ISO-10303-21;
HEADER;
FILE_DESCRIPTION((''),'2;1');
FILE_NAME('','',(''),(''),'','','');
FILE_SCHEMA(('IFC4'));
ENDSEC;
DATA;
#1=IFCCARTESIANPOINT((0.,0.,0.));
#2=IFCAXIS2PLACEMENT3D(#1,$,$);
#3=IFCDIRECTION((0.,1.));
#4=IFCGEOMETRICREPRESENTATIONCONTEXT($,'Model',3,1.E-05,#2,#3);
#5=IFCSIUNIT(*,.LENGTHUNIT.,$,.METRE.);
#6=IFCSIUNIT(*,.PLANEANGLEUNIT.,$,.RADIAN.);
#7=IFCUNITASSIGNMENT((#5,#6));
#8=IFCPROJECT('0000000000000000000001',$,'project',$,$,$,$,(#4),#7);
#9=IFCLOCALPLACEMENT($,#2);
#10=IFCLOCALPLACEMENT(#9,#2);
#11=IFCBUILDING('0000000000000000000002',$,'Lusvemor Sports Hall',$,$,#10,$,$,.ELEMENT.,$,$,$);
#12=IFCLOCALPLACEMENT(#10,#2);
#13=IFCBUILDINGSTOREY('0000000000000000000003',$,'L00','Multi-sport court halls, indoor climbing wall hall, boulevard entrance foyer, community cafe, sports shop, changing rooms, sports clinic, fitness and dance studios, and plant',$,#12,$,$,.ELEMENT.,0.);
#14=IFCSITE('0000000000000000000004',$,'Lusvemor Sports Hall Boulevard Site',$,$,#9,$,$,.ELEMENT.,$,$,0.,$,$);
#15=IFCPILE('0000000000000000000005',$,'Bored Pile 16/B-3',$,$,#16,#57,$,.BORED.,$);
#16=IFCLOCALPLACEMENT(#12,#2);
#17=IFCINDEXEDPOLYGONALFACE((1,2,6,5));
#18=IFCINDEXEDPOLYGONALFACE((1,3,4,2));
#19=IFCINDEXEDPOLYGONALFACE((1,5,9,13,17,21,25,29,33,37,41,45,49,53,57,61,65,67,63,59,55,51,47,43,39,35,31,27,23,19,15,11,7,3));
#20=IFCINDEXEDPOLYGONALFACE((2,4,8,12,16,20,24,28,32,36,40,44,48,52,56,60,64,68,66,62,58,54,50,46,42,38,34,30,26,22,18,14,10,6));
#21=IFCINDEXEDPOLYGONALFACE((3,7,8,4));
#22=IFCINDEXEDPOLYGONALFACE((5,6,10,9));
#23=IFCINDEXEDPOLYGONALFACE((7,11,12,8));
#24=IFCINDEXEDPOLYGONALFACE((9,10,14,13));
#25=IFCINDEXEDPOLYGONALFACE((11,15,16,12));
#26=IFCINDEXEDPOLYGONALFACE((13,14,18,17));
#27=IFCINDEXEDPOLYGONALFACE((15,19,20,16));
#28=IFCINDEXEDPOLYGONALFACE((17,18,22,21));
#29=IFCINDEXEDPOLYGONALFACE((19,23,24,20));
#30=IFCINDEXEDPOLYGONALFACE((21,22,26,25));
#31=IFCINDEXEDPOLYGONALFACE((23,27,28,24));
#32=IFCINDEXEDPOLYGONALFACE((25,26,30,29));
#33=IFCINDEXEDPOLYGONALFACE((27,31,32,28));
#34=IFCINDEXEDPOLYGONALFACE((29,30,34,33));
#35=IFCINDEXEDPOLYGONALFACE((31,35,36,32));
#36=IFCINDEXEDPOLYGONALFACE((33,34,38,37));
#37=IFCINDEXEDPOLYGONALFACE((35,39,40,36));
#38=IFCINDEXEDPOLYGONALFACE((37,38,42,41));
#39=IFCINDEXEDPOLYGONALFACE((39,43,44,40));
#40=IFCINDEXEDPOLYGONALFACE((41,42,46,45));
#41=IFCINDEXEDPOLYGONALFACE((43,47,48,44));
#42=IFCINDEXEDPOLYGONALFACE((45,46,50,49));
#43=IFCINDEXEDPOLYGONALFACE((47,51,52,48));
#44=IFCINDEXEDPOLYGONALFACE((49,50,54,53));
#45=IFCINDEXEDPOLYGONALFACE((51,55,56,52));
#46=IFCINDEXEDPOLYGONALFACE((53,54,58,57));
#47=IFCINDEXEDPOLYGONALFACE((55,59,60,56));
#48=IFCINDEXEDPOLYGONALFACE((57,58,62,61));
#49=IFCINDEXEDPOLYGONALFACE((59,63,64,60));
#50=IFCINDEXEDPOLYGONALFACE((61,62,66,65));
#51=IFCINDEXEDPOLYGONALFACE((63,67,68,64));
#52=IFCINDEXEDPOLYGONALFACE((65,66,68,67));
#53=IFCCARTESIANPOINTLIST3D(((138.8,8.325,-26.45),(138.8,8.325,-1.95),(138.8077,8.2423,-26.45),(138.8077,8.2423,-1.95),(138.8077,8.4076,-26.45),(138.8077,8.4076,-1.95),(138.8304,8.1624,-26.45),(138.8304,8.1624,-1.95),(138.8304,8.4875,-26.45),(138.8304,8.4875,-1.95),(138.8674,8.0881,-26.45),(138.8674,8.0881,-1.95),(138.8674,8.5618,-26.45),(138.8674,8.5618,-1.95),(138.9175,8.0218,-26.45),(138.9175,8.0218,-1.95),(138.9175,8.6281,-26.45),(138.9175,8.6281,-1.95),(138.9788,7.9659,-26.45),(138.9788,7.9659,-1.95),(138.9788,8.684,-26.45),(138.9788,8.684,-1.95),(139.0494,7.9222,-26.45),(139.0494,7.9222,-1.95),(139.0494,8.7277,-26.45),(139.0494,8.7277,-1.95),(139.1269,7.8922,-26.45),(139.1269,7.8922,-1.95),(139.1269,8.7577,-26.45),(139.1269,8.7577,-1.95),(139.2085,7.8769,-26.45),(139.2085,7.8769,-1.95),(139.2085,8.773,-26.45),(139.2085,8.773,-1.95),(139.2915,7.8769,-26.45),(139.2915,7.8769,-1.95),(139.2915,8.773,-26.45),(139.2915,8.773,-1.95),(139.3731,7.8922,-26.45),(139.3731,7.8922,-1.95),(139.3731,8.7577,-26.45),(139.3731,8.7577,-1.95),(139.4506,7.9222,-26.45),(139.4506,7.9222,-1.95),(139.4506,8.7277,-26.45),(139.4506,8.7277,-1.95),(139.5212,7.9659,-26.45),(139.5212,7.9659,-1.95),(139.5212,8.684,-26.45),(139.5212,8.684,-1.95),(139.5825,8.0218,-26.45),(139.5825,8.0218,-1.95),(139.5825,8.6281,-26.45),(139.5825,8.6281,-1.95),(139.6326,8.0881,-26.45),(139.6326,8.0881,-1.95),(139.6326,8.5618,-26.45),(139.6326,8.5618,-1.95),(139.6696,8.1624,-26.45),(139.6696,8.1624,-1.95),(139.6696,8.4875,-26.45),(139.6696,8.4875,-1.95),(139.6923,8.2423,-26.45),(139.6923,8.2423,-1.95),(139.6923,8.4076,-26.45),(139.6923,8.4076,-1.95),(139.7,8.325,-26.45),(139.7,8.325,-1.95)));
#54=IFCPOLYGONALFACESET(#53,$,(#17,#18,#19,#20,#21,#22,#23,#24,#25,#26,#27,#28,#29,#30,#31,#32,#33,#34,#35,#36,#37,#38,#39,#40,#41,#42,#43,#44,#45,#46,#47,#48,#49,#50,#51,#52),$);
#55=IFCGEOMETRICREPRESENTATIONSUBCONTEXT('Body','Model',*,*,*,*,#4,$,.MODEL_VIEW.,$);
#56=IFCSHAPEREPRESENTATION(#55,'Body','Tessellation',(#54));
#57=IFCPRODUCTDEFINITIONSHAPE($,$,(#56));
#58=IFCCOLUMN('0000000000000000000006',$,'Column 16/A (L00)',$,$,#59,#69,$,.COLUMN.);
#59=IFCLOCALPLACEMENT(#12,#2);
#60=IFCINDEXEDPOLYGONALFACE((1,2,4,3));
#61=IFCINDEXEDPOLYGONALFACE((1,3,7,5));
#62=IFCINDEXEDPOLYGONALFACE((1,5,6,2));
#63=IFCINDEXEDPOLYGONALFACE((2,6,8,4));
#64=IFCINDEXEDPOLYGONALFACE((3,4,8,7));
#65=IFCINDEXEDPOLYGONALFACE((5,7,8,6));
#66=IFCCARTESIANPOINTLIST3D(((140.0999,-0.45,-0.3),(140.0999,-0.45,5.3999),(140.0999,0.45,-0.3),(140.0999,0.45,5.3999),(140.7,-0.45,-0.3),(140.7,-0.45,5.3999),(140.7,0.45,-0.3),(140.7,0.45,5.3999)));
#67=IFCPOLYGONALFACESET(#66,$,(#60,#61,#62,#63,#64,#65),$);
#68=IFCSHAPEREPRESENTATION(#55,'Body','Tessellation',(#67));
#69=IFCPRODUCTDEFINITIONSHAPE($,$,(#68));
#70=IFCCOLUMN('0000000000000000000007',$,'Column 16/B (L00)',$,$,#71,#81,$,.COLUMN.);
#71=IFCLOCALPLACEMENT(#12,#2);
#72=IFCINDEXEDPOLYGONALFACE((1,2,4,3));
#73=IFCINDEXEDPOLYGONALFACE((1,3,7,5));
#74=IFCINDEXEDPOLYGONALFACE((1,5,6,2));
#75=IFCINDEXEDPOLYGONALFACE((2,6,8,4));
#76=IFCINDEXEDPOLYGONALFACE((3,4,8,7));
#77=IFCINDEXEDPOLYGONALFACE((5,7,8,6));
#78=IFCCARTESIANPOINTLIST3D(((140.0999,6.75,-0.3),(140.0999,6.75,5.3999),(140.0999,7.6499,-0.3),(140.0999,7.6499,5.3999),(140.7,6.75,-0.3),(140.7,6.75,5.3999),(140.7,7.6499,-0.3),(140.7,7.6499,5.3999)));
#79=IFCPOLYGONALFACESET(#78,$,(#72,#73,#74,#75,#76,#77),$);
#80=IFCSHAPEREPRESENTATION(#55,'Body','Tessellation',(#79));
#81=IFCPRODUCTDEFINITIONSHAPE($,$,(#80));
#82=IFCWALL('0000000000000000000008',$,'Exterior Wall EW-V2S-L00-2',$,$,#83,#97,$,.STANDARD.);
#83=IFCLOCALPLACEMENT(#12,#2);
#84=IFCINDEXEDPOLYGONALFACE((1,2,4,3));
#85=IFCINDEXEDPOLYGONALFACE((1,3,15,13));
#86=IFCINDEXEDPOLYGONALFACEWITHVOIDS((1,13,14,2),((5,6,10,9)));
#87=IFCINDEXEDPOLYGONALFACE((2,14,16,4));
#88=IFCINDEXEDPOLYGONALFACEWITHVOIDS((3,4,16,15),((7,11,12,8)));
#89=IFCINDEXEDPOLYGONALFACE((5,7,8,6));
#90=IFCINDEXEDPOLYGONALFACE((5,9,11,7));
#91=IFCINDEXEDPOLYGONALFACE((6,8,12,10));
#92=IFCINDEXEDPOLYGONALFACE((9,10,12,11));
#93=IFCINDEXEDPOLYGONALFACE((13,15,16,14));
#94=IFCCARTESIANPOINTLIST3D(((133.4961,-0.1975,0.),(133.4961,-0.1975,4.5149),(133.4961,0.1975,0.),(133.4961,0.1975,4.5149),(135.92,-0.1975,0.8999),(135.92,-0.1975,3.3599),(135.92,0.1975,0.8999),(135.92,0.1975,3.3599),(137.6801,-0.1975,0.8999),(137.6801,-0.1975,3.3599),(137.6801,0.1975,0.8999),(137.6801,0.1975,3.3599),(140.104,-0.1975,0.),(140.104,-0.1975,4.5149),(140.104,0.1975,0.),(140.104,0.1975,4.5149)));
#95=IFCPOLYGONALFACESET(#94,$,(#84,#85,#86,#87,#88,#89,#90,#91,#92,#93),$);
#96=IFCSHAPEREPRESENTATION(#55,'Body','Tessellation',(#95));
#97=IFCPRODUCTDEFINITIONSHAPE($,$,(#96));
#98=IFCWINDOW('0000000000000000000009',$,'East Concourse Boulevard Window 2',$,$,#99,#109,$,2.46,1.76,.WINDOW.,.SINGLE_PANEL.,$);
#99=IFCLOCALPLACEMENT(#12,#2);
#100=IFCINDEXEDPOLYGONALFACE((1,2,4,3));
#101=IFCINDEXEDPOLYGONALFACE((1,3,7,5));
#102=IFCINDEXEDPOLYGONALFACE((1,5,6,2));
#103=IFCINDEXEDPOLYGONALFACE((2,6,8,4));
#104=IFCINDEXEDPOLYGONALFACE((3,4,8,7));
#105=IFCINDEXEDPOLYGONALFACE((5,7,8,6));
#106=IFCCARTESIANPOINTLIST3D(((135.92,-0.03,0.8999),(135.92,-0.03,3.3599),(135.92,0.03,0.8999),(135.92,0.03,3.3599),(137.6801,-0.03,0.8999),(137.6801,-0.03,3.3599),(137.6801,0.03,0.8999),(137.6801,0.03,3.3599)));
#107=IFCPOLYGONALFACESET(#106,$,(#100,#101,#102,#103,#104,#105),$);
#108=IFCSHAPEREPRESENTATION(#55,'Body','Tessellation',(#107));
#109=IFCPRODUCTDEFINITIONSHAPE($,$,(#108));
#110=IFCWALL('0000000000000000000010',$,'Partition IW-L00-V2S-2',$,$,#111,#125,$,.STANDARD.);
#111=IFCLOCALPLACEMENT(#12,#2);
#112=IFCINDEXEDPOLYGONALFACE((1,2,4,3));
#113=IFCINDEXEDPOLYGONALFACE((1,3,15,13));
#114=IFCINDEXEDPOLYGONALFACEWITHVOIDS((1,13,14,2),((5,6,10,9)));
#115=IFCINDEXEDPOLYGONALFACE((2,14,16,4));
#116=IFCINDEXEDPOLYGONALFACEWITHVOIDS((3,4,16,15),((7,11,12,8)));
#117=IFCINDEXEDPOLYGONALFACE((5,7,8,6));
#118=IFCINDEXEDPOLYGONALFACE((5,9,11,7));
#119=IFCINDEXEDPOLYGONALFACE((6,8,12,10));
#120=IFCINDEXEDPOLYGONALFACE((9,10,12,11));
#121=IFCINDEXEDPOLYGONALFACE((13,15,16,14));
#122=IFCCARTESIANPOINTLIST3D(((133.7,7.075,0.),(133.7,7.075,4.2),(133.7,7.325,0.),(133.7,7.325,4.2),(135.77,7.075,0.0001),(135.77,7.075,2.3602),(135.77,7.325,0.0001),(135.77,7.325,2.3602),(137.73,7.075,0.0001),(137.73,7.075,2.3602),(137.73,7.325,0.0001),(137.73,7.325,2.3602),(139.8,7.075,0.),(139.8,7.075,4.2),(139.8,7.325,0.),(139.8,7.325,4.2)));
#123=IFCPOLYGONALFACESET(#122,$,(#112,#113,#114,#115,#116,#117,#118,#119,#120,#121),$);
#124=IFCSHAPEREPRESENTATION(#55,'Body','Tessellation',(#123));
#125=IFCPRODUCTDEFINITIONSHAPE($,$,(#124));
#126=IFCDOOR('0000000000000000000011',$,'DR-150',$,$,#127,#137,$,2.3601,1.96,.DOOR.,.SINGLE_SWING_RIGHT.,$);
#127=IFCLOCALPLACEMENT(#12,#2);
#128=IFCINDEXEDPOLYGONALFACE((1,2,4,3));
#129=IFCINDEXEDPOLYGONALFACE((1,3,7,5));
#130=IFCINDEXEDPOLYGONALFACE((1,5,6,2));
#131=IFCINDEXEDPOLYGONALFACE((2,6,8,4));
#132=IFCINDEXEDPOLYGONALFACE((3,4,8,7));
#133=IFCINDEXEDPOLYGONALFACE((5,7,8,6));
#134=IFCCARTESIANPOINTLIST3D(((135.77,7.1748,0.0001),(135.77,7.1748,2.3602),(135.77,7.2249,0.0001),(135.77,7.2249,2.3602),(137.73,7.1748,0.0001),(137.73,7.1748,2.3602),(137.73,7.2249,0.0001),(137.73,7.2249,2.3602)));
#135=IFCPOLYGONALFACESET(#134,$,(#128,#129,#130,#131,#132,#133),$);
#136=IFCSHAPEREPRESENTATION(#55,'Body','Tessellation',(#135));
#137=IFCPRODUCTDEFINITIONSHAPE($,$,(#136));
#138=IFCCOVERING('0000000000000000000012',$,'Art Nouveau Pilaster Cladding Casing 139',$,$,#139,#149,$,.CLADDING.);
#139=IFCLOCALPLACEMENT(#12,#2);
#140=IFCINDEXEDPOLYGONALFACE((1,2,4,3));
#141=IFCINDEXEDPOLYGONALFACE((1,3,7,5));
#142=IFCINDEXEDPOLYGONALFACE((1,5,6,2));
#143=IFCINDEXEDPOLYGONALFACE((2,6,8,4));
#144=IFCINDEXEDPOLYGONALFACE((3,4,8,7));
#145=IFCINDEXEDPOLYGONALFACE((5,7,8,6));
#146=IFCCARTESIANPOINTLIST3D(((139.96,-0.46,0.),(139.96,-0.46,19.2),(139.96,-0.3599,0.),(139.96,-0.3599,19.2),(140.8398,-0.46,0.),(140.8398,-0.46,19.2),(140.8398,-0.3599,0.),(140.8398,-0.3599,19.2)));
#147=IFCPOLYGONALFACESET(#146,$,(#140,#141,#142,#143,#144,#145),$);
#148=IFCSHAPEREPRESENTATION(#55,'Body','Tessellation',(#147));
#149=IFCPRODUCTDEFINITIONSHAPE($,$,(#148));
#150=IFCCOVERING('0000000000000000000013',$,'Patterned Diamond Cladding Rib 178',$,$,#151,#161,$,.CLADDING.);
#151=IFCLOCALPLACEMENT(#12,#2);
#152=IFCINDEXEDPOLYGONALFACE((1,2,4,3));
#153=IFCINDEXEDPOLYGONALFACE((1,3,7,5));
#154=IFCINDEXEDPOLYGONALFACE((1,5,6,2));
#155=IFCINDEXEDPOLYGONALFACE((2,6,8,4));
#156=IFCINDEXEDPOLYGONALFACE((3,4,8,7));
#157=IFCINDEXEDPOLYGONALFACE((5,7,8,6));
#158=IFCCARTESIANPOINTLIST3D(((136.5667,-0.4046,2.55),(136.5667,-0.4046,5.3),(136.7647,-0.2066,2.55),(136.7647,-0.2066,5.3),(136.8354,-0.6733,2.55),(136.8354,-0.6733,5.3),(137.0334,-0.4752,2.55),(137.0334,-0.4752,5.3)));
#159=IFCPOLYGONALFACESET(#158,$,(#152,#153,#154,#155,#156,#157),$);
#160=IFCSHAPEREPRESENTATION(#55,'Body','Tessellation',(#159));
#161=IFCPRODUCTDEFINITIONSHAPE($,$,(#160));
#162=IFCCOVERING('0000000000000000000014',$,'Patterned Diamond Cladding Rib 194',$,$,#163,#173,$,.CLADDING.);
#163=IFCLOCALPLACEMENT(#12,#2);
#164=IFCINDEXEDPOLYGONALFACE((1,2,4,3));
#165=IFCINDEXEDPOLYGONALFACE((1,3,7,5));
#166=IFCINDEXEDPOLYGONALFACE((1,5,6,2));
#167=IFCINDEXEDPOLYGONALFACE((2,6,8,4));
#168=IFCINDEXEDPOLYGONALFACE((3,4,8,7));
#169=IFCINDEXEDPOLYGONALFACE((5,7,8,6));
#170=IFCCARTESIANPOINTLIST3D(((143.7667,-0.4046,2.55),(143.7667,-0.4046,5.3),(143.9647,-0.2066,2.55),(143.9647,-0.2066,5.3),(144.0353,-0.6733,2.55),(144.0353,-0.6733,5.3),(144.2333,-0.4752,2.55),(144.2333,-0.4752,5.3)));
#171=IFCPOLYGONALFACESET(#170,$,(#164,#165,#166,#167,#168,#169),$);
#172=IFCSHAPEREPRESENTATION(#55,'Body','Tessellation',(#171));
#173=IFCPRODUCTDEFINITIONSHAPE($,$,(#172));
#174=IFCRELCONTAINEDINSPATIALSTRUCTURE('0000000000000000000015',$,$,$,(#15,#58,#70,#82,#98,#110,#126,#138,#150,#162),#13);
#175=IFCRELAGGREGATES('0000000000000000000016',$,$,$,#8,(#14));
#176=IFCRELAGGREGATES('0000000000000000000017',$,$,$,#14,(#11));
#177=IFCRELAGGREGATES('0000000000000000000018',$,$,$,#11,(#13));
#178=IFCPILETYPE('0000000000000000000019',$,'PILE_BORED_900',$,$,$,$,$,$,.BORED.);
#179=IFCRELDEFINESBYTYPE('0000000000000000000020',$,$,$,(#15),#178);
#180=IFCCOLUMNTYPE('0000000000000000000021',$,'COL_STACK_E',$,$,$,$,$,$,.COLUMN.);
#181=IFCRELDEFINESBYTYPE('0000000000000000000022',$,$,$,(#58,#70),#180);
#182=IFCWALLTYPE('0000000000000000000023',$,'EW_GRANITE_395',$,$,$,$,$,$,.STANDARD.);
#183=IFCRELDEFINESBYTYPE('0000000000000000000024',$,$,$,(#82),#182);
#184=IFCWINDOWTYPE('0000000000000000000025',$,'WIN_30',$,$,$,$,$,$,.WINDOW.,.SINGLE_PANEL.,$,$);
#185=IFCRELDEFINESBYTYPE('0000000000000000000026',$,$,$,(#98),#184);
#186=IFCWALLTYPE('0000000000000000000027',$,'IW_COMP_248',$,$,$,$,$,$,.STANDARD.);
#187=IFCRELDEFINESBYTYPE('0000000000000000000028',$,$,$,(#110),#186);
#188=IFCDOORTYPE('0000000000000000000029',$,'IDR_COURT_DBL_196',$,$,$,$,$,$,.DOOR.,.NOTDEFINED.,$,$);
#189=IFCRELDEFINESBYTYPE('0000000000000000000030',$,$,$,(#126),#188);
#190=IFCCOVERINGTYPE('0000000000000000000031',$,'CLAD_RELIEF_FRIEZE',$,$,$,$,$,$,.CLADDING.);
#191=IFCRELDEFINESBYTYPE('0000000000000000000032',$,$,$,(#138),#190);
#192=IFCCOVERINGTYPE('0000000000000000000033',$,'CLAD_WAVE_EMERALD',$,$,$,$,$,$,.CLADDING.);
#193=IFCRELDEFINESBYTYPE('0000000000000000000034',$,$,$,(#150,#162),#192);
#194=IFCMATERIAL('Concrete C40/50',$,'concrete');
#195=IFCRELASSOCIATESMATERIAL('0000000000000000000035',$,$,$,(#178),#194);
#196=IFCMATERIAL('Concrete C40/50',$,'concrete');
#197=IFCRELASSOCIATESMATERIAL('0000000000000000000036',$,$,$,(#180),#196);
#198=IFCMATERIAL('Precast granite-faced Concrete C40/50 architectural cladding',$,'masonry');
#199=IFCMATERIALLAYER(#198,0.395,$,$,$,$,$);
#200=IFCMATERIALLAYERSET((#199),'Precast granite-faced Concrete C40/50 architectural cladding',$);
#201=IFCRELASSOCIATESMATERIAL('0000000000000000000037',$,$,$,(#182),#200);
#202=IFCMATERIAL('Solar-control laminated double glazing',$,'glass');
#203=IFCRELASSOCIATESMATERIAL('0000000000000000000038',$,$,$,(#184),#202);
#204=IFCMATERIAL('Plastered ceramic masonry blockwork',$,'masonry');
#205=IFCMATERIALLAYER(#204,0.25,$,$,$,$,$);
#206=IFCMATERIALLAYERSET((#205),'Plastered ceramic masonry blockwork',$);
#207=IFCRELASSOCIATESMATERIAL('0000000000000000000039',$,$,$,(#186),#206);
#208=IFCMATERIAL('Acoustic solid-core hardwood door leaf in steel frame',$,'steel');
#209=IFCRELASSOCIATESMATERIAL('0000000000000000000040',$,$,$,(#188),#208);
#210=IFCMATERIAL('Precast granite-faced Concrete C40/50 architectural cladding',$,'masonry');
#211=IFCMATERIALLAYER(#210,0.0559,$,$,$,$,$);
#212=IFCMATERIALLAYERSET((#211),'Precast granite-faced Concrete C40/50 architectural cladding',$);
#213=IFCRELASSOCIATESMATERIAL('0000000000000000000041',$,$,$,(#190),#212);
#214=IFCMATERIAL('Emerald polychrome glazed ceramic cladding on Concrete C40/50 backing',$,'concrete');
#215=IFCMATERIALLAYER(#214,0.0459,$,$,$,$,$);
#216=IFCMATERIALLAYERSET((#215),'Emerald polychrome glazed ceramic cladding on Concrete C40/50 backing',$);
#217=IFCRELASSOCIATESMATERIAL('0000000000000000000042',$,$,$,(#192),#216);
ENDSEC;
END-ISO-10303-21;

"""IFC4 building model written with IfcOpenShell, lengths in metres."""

from ifc_helpers import new_model, si_unit, direction, frame, frame_2d, origin, origin_2d, place, context, subcontext, project, spatial, rectangle, circle, extrude, material, layer, layer_set, material_profile, profile_set, type_object, element, fill, save


model = new_model("IFC4")

# Units and contexts
model_context = context("Model", 3, precision=1e-05, world=origin(), true_north=direction((0.0, 1.0)))
body_context = subcontext(model_context, "Body", "Model", "MODEL_VIEW")
ifc_project = project(units=[si_unit("LENGTHUNIT", "METRE"), si_unit("PLANEANGLEUNIT", "RADIAN")], contexts=[model_context])

# Site, building, storey
site_placement = place(None, origin())
site = spatial("IfcSite", under=ifc_project, at=site_placement, Name="Lusvemor Sports Hall Boulevard Site", CompositionType="ELEMENT", RefElevation=0.0)
building_placement = place(site_placement, origin())
building = spatial("IfcBuilding", under=site, at=building_placement, Name="Lusvemor Sports Hall", CompositionType="ELEMENT")
storey_placement = place(building_placement, origin())
storey = spatial("IfcBuildingStorey", under=building, at=storey_placement, Name="L00", Description="Multi-sport court halls, indoor climbing wall hall, boulevard entrance foyer, community cafe, sports shop, changing rooms, sports clinic, fitness and dance studios, and plant", CompositionType="ELEMENT", Elevation=0.0)

# Pile
ifc_material_1 = material(Name="Concrete C40/50", Category="concrete")
ifc_material_profile_1 = material_profile(ifc_material_1, circle(Radius=0.45, at=origin_2d()), Name="PILE900")
ifc_profile_set_1 = profile_set([ifc_material_profile_1], Name="Concrete C40/50")
pile_type = type_object("IfcPileType", Name="PILE_BORED_900", PredefinedType="BORED", material=ifc_profile_set_1)
for number, where, z_axis, x_axis, name in (
    (1, (139.25, 8.325, -1.95), (0.0, 0.0, -1.0), (1.0, 0.0, 0.0), "Bored Pile 16/B-3"),
):
    element("IfcPile", number, at=place(storey_placement, frame(where, z_axis=z_axis, x_axis=x_axis)), inside=storey, type_object=pile_type, Name=name, PredefinedType="BORED", context=body_context, shape_type="SweptSolid", body=[
        extrude(circle(Radius=0.45, at=origin_2d()), origin(), (0.0, 0.0, 1.0), 24.5),
    ])

# Columns
ifc_material_2 = material(Name="Concrete C40/50", Category="concrete")
ifc_material_profile_2 = material_profile(ifc_material_2, rectangle(XDim=0.6001, YDim=0.8999, at=origin_2d()), Name="RC600x900")
ifc_profile_set_2 = profile_set([ifc_material_profile_2], Name="Concrete C40/50")
column_type = type_object("IfcColumnType", Name="COL_STACK_E", PredefinedType="COLUMN", material=ifc_profile_set_2)
for number, where, z_axis, x_axis, name in (
    (2, (140.3999, 0.0, -0.3), (0.0, 0.0, 1.0), (1.0, 0.0, 0.0), "Column 16/A (L00)"),
    (3, (140.3999, 7.2, -0.3), (0.0, 0.0, 1.0), (1.0, 0.0, 0.0), "Column 16/B (L00)"),
):
    element("IfcColumn", number, at=place(storey_placement, frame(where, z_axis=z_axis, x_axis=x_axis)), inside=storey, type_object=column_type, Name=name, PredefinedType="COLUMN", context=body_context, shape_type="SweptSolid", body=[
        extrude(rectangle(XDim=0.6001, YDim=0.8999, at=origin_2d()), origin(), (0.0, 0.0, 1.0), 5.7),
    ])

# Wall, opening, window
ifc_material_3 = material(Name="Precast granite-faced Concrete C40/50 architectural cladding", Category="masonry")
ifc_layer_1 = layer(ifc_material_3, 0.395)
ifc_layer_set_1 = layer_set([ifc_layer_1], Name="Precast granite-faced Concrete C40/50 architectural cladding")
wall_type_1 = type_object("IfcWallType", Name="EW_GRANITE_395", PredefinedType="STANDARD", material=ifc_layer_set_1)
wall_1_placement = place(storey_placement, frame((140.104, 0.0, 0.0), z_axis=(0.0, 0.0, 1.0), x_axis=(-1.0, 0.0, 0.0)))
wall_1 = element("IfcWall", 4, at=wall_1_placement, inside=storey, type_object=wall_type_1, Name="Exterior Wall EW-V2S-L00-2", PredefinedType="STANDARD", context=body_context, shape_type="SweptSolid", body=[
    extrude(rectangle(XDim=6.6079, YDim=0.395, at=frame_2d((3.304, 0.0))), origin(), (0.0, 0.0, 1.0), 4.5149),
])
opening_1_placement = place(wall_1_placement, frame((2.4241, 0.0, 0.8999)))
opening_1 = element("IfcOpeningElement", 5, at=opening_1_placement, cuts=wall_1, PredefinedType="OPENING", context=body_context, shape_type="SweptSolid", body=[
    extrude(rectangle(XDim=1.76, YDim=2.46, at=frame_2d((0.8799, 1.23))), frame((0.0, 0.1975, 0.0), z_axis=(0.0, -1.0, 0.0), x_axis=(1.0, 0.0, 0.0)), (0.0, 0.0, 1.0), 0.395),
])
ifc_material_4 = material(Name="Solar-control laminated double glazing", Category="glass")
window_type = type_object("IfcWindowType", Name="WIN_30", PartitioningType="SINGLE_PANEL", PredefinedType="WINDOW", material=ifc_material_4)
window_placement = place(opening_1_placement, origin())
window = element("IfcWindow", 6, at=window_placement, inside=storey, type_object=window_type, Name="East Concourse Boulevard Window 2", OverallHeight=2.46, OverallWidth=1.76, PartitioningType="SINGLE_PANEL", PredefinedType="WINDOW", context=body_context, shape_type="SweptSolid", body=[
    extrude(rectangle(XDim=1.76, YDim=2.46, at=frame_2d((0.8799, 1.23))), frame((0.0, 0.03, 0.0), z_axis=(0.0, -1.0, 0.0), x_axis=(1.0, 0.0, 0.0)), (0.0, 0.0, 1.0), 0.0601),
])
fill(opening_1, window)

# Wall, opening, door
ifc_material_5 = material(Name="Plastered ceramic masonry blockwork", Category="masonry")
ifc_layer_2 = layer(ifc_material_5, 0.25)
ifc_layer_set_2 = layer_set([ifc_layer_2], Name="Plastered ceramic masonry blockwork")
wall_type_2 = type_object("IfcWallType", Name="IW_COMP_248", PredefinedType="STANDARD", material=ifc_layer_set_2)
wall_2_placement = place(storey_placement, frame((133.7, 7.2, 0.0), z_axis=(0.0, 0.0, 1.0), x_axis=(1.0, 0.0, 0.0)))
wall_2 = element("IfcWall", 7, at=wall_2_placement, inside=storey, type_object=wall_type_2, Name="Partition IW-L00-V2S-2", PredefinedType="STANDARD", context=body_context, shape_type="SweptSolid", body=[
    extrude(rectangle(XDim=6.1001, YDim=0.25, at=frame_2d((3.05, 0.0))), origin(), (0.0, 0.0, 1.0), 4.2),
])
opening_2_placement = place(wall_2_placement, frame((2.0701, 0.0, 0.0)))
opening_2 = element("IfcOpeningElement", 8, at=opening_2_placement, cuts=wall_2, PredefinedType="OPENING", context=body_context, shape_type="SweptSolid", body=[
    extrude(rectangle(XDim=1.96, YDim=2.3601, at=frame_2d((0.98, 1.1802))), frame((0.0, 0.125, 0.0), z_axis=(0.0, -1.0, 0.0), x_axis=(1.0, 0.0, 0.0)), (0.0, 0.0, 1.0), 0.25),
])
ifc_material_6 = material(Name="Acoustic solid-core hardwood door leaf in steel frame", Category="steel")
door_type = type_object("IfcDoorType", Name="IDR_COURT_DBL_196", OperationType="NOTDEFINED", PredefinedType="DOOR", material=ifc_material_6)
door_placement = place(opening_2_placement, origin())
door = element("IfcDoor", 9, at=door_placement, inside=storey, type_object=door_type, Name="DR-150", OperationType="SINGLE_SWING_RIGHT", OverallHeight=2.3601, OverallWidth=1.96, PredefinedType="DOOR", context=body_context, shape_type="SweptSolid", body=[
    extrude(rectangle(XDim=1.96, YDim=2.3601, at=frame_2d((0.98, 1.1802))), frame((0.0, 0.0249, 0.0), z_axis=(0.0, -1.0, 0.0), x_axis=(1.0, 0.0, 0.0)), (0.0, 0.0, 1.0), 0.05),
])
fill(opening_2, door)

# Coverings
ifc_material_7 = material(Name="Precast granite-faced Concrete C40/50 architectural cladding", Category="masonry")
ifc_layer_3 = layer(ifc_material_7, 0.0559)
ifc_layer_set_3 = layer_set([ifc_layer_3], Name="Precast granite-faced Concrete C40/50 architectural cladding")
covering_type_1 = type_object("IfcCoveringType", Name="CLAD_RELIEF_FRIEZE", PredefinedType="CLADDING", material=ifc_layer_set_3)
covering_placement = place(storey_placement, frame((140.3999, -0.4099, 0.0), z_axis=(0.0, 0.0, 1.0), x_axis=(1.0, 0.0, 0.0)))
element("IfcCovering", 10, at=covering_placement, inside=storey, type_object=covering_type_1, Name="Art Nouveau Pilaster Cladding Casing 139", PredefinedType="CLADDING", context=body_context, shape_type="SweptSolid", body=[
    extrude(rectangle(XDim=0.8799, YDim=0.1001, at=origin_2d()), origin(), (0.0, 0.0, 1.0), 19.2),
])
ifc_material_8 = material(Name="Emerald polychrome glazed ceramic cladding on Concrete C40/50 backing", Category="concrete")
ifc_layer_4 = layer(ifc_material_8, 0.0459)
ifc_layer_set_4 = layer_set([ifc_layer_4], Name="Emerald polychrome glazed ceramic cladding on Concrete C40/50 backing")
covering_type_2 = type_object("IfcCoveringType", Name="CLAD_WAVE_EMERALD", PredefinedType="CLADDING", material=ifc_layer_set_4)
for number, where, z_axis, x_axis, name in (
    (11, (136.8, -0.4399, 2.55), (0.0, 0.0, 1.0), (0.707107, 0.707107, 0.0), "Patterned Diamond Cladding Rib 178"),
    (12, (144.0, -0.4399, 2.55), (0.0, 0.0, 1.0), (0.707107, 0.707107, 0.0), "Patterned Diamond Cladding Rib 194"),
):
    element("IfcCovering", number, at=place(storey_placement, frame(where, z_axis=z_axis, x_axis=x_axis)), inside=storey, type_object=covering_type_2, Name=name, PredefinedType="CLADDING", context=body_context, shape_type="SweptSolid", body=[
        extrude(rectangle(XDim=0.28, YDim=0.3799, at=origin_2d()), origin(), (0.0, 0.0, 1.0), 2.75),
    ])

save(model, "model.ifc")
